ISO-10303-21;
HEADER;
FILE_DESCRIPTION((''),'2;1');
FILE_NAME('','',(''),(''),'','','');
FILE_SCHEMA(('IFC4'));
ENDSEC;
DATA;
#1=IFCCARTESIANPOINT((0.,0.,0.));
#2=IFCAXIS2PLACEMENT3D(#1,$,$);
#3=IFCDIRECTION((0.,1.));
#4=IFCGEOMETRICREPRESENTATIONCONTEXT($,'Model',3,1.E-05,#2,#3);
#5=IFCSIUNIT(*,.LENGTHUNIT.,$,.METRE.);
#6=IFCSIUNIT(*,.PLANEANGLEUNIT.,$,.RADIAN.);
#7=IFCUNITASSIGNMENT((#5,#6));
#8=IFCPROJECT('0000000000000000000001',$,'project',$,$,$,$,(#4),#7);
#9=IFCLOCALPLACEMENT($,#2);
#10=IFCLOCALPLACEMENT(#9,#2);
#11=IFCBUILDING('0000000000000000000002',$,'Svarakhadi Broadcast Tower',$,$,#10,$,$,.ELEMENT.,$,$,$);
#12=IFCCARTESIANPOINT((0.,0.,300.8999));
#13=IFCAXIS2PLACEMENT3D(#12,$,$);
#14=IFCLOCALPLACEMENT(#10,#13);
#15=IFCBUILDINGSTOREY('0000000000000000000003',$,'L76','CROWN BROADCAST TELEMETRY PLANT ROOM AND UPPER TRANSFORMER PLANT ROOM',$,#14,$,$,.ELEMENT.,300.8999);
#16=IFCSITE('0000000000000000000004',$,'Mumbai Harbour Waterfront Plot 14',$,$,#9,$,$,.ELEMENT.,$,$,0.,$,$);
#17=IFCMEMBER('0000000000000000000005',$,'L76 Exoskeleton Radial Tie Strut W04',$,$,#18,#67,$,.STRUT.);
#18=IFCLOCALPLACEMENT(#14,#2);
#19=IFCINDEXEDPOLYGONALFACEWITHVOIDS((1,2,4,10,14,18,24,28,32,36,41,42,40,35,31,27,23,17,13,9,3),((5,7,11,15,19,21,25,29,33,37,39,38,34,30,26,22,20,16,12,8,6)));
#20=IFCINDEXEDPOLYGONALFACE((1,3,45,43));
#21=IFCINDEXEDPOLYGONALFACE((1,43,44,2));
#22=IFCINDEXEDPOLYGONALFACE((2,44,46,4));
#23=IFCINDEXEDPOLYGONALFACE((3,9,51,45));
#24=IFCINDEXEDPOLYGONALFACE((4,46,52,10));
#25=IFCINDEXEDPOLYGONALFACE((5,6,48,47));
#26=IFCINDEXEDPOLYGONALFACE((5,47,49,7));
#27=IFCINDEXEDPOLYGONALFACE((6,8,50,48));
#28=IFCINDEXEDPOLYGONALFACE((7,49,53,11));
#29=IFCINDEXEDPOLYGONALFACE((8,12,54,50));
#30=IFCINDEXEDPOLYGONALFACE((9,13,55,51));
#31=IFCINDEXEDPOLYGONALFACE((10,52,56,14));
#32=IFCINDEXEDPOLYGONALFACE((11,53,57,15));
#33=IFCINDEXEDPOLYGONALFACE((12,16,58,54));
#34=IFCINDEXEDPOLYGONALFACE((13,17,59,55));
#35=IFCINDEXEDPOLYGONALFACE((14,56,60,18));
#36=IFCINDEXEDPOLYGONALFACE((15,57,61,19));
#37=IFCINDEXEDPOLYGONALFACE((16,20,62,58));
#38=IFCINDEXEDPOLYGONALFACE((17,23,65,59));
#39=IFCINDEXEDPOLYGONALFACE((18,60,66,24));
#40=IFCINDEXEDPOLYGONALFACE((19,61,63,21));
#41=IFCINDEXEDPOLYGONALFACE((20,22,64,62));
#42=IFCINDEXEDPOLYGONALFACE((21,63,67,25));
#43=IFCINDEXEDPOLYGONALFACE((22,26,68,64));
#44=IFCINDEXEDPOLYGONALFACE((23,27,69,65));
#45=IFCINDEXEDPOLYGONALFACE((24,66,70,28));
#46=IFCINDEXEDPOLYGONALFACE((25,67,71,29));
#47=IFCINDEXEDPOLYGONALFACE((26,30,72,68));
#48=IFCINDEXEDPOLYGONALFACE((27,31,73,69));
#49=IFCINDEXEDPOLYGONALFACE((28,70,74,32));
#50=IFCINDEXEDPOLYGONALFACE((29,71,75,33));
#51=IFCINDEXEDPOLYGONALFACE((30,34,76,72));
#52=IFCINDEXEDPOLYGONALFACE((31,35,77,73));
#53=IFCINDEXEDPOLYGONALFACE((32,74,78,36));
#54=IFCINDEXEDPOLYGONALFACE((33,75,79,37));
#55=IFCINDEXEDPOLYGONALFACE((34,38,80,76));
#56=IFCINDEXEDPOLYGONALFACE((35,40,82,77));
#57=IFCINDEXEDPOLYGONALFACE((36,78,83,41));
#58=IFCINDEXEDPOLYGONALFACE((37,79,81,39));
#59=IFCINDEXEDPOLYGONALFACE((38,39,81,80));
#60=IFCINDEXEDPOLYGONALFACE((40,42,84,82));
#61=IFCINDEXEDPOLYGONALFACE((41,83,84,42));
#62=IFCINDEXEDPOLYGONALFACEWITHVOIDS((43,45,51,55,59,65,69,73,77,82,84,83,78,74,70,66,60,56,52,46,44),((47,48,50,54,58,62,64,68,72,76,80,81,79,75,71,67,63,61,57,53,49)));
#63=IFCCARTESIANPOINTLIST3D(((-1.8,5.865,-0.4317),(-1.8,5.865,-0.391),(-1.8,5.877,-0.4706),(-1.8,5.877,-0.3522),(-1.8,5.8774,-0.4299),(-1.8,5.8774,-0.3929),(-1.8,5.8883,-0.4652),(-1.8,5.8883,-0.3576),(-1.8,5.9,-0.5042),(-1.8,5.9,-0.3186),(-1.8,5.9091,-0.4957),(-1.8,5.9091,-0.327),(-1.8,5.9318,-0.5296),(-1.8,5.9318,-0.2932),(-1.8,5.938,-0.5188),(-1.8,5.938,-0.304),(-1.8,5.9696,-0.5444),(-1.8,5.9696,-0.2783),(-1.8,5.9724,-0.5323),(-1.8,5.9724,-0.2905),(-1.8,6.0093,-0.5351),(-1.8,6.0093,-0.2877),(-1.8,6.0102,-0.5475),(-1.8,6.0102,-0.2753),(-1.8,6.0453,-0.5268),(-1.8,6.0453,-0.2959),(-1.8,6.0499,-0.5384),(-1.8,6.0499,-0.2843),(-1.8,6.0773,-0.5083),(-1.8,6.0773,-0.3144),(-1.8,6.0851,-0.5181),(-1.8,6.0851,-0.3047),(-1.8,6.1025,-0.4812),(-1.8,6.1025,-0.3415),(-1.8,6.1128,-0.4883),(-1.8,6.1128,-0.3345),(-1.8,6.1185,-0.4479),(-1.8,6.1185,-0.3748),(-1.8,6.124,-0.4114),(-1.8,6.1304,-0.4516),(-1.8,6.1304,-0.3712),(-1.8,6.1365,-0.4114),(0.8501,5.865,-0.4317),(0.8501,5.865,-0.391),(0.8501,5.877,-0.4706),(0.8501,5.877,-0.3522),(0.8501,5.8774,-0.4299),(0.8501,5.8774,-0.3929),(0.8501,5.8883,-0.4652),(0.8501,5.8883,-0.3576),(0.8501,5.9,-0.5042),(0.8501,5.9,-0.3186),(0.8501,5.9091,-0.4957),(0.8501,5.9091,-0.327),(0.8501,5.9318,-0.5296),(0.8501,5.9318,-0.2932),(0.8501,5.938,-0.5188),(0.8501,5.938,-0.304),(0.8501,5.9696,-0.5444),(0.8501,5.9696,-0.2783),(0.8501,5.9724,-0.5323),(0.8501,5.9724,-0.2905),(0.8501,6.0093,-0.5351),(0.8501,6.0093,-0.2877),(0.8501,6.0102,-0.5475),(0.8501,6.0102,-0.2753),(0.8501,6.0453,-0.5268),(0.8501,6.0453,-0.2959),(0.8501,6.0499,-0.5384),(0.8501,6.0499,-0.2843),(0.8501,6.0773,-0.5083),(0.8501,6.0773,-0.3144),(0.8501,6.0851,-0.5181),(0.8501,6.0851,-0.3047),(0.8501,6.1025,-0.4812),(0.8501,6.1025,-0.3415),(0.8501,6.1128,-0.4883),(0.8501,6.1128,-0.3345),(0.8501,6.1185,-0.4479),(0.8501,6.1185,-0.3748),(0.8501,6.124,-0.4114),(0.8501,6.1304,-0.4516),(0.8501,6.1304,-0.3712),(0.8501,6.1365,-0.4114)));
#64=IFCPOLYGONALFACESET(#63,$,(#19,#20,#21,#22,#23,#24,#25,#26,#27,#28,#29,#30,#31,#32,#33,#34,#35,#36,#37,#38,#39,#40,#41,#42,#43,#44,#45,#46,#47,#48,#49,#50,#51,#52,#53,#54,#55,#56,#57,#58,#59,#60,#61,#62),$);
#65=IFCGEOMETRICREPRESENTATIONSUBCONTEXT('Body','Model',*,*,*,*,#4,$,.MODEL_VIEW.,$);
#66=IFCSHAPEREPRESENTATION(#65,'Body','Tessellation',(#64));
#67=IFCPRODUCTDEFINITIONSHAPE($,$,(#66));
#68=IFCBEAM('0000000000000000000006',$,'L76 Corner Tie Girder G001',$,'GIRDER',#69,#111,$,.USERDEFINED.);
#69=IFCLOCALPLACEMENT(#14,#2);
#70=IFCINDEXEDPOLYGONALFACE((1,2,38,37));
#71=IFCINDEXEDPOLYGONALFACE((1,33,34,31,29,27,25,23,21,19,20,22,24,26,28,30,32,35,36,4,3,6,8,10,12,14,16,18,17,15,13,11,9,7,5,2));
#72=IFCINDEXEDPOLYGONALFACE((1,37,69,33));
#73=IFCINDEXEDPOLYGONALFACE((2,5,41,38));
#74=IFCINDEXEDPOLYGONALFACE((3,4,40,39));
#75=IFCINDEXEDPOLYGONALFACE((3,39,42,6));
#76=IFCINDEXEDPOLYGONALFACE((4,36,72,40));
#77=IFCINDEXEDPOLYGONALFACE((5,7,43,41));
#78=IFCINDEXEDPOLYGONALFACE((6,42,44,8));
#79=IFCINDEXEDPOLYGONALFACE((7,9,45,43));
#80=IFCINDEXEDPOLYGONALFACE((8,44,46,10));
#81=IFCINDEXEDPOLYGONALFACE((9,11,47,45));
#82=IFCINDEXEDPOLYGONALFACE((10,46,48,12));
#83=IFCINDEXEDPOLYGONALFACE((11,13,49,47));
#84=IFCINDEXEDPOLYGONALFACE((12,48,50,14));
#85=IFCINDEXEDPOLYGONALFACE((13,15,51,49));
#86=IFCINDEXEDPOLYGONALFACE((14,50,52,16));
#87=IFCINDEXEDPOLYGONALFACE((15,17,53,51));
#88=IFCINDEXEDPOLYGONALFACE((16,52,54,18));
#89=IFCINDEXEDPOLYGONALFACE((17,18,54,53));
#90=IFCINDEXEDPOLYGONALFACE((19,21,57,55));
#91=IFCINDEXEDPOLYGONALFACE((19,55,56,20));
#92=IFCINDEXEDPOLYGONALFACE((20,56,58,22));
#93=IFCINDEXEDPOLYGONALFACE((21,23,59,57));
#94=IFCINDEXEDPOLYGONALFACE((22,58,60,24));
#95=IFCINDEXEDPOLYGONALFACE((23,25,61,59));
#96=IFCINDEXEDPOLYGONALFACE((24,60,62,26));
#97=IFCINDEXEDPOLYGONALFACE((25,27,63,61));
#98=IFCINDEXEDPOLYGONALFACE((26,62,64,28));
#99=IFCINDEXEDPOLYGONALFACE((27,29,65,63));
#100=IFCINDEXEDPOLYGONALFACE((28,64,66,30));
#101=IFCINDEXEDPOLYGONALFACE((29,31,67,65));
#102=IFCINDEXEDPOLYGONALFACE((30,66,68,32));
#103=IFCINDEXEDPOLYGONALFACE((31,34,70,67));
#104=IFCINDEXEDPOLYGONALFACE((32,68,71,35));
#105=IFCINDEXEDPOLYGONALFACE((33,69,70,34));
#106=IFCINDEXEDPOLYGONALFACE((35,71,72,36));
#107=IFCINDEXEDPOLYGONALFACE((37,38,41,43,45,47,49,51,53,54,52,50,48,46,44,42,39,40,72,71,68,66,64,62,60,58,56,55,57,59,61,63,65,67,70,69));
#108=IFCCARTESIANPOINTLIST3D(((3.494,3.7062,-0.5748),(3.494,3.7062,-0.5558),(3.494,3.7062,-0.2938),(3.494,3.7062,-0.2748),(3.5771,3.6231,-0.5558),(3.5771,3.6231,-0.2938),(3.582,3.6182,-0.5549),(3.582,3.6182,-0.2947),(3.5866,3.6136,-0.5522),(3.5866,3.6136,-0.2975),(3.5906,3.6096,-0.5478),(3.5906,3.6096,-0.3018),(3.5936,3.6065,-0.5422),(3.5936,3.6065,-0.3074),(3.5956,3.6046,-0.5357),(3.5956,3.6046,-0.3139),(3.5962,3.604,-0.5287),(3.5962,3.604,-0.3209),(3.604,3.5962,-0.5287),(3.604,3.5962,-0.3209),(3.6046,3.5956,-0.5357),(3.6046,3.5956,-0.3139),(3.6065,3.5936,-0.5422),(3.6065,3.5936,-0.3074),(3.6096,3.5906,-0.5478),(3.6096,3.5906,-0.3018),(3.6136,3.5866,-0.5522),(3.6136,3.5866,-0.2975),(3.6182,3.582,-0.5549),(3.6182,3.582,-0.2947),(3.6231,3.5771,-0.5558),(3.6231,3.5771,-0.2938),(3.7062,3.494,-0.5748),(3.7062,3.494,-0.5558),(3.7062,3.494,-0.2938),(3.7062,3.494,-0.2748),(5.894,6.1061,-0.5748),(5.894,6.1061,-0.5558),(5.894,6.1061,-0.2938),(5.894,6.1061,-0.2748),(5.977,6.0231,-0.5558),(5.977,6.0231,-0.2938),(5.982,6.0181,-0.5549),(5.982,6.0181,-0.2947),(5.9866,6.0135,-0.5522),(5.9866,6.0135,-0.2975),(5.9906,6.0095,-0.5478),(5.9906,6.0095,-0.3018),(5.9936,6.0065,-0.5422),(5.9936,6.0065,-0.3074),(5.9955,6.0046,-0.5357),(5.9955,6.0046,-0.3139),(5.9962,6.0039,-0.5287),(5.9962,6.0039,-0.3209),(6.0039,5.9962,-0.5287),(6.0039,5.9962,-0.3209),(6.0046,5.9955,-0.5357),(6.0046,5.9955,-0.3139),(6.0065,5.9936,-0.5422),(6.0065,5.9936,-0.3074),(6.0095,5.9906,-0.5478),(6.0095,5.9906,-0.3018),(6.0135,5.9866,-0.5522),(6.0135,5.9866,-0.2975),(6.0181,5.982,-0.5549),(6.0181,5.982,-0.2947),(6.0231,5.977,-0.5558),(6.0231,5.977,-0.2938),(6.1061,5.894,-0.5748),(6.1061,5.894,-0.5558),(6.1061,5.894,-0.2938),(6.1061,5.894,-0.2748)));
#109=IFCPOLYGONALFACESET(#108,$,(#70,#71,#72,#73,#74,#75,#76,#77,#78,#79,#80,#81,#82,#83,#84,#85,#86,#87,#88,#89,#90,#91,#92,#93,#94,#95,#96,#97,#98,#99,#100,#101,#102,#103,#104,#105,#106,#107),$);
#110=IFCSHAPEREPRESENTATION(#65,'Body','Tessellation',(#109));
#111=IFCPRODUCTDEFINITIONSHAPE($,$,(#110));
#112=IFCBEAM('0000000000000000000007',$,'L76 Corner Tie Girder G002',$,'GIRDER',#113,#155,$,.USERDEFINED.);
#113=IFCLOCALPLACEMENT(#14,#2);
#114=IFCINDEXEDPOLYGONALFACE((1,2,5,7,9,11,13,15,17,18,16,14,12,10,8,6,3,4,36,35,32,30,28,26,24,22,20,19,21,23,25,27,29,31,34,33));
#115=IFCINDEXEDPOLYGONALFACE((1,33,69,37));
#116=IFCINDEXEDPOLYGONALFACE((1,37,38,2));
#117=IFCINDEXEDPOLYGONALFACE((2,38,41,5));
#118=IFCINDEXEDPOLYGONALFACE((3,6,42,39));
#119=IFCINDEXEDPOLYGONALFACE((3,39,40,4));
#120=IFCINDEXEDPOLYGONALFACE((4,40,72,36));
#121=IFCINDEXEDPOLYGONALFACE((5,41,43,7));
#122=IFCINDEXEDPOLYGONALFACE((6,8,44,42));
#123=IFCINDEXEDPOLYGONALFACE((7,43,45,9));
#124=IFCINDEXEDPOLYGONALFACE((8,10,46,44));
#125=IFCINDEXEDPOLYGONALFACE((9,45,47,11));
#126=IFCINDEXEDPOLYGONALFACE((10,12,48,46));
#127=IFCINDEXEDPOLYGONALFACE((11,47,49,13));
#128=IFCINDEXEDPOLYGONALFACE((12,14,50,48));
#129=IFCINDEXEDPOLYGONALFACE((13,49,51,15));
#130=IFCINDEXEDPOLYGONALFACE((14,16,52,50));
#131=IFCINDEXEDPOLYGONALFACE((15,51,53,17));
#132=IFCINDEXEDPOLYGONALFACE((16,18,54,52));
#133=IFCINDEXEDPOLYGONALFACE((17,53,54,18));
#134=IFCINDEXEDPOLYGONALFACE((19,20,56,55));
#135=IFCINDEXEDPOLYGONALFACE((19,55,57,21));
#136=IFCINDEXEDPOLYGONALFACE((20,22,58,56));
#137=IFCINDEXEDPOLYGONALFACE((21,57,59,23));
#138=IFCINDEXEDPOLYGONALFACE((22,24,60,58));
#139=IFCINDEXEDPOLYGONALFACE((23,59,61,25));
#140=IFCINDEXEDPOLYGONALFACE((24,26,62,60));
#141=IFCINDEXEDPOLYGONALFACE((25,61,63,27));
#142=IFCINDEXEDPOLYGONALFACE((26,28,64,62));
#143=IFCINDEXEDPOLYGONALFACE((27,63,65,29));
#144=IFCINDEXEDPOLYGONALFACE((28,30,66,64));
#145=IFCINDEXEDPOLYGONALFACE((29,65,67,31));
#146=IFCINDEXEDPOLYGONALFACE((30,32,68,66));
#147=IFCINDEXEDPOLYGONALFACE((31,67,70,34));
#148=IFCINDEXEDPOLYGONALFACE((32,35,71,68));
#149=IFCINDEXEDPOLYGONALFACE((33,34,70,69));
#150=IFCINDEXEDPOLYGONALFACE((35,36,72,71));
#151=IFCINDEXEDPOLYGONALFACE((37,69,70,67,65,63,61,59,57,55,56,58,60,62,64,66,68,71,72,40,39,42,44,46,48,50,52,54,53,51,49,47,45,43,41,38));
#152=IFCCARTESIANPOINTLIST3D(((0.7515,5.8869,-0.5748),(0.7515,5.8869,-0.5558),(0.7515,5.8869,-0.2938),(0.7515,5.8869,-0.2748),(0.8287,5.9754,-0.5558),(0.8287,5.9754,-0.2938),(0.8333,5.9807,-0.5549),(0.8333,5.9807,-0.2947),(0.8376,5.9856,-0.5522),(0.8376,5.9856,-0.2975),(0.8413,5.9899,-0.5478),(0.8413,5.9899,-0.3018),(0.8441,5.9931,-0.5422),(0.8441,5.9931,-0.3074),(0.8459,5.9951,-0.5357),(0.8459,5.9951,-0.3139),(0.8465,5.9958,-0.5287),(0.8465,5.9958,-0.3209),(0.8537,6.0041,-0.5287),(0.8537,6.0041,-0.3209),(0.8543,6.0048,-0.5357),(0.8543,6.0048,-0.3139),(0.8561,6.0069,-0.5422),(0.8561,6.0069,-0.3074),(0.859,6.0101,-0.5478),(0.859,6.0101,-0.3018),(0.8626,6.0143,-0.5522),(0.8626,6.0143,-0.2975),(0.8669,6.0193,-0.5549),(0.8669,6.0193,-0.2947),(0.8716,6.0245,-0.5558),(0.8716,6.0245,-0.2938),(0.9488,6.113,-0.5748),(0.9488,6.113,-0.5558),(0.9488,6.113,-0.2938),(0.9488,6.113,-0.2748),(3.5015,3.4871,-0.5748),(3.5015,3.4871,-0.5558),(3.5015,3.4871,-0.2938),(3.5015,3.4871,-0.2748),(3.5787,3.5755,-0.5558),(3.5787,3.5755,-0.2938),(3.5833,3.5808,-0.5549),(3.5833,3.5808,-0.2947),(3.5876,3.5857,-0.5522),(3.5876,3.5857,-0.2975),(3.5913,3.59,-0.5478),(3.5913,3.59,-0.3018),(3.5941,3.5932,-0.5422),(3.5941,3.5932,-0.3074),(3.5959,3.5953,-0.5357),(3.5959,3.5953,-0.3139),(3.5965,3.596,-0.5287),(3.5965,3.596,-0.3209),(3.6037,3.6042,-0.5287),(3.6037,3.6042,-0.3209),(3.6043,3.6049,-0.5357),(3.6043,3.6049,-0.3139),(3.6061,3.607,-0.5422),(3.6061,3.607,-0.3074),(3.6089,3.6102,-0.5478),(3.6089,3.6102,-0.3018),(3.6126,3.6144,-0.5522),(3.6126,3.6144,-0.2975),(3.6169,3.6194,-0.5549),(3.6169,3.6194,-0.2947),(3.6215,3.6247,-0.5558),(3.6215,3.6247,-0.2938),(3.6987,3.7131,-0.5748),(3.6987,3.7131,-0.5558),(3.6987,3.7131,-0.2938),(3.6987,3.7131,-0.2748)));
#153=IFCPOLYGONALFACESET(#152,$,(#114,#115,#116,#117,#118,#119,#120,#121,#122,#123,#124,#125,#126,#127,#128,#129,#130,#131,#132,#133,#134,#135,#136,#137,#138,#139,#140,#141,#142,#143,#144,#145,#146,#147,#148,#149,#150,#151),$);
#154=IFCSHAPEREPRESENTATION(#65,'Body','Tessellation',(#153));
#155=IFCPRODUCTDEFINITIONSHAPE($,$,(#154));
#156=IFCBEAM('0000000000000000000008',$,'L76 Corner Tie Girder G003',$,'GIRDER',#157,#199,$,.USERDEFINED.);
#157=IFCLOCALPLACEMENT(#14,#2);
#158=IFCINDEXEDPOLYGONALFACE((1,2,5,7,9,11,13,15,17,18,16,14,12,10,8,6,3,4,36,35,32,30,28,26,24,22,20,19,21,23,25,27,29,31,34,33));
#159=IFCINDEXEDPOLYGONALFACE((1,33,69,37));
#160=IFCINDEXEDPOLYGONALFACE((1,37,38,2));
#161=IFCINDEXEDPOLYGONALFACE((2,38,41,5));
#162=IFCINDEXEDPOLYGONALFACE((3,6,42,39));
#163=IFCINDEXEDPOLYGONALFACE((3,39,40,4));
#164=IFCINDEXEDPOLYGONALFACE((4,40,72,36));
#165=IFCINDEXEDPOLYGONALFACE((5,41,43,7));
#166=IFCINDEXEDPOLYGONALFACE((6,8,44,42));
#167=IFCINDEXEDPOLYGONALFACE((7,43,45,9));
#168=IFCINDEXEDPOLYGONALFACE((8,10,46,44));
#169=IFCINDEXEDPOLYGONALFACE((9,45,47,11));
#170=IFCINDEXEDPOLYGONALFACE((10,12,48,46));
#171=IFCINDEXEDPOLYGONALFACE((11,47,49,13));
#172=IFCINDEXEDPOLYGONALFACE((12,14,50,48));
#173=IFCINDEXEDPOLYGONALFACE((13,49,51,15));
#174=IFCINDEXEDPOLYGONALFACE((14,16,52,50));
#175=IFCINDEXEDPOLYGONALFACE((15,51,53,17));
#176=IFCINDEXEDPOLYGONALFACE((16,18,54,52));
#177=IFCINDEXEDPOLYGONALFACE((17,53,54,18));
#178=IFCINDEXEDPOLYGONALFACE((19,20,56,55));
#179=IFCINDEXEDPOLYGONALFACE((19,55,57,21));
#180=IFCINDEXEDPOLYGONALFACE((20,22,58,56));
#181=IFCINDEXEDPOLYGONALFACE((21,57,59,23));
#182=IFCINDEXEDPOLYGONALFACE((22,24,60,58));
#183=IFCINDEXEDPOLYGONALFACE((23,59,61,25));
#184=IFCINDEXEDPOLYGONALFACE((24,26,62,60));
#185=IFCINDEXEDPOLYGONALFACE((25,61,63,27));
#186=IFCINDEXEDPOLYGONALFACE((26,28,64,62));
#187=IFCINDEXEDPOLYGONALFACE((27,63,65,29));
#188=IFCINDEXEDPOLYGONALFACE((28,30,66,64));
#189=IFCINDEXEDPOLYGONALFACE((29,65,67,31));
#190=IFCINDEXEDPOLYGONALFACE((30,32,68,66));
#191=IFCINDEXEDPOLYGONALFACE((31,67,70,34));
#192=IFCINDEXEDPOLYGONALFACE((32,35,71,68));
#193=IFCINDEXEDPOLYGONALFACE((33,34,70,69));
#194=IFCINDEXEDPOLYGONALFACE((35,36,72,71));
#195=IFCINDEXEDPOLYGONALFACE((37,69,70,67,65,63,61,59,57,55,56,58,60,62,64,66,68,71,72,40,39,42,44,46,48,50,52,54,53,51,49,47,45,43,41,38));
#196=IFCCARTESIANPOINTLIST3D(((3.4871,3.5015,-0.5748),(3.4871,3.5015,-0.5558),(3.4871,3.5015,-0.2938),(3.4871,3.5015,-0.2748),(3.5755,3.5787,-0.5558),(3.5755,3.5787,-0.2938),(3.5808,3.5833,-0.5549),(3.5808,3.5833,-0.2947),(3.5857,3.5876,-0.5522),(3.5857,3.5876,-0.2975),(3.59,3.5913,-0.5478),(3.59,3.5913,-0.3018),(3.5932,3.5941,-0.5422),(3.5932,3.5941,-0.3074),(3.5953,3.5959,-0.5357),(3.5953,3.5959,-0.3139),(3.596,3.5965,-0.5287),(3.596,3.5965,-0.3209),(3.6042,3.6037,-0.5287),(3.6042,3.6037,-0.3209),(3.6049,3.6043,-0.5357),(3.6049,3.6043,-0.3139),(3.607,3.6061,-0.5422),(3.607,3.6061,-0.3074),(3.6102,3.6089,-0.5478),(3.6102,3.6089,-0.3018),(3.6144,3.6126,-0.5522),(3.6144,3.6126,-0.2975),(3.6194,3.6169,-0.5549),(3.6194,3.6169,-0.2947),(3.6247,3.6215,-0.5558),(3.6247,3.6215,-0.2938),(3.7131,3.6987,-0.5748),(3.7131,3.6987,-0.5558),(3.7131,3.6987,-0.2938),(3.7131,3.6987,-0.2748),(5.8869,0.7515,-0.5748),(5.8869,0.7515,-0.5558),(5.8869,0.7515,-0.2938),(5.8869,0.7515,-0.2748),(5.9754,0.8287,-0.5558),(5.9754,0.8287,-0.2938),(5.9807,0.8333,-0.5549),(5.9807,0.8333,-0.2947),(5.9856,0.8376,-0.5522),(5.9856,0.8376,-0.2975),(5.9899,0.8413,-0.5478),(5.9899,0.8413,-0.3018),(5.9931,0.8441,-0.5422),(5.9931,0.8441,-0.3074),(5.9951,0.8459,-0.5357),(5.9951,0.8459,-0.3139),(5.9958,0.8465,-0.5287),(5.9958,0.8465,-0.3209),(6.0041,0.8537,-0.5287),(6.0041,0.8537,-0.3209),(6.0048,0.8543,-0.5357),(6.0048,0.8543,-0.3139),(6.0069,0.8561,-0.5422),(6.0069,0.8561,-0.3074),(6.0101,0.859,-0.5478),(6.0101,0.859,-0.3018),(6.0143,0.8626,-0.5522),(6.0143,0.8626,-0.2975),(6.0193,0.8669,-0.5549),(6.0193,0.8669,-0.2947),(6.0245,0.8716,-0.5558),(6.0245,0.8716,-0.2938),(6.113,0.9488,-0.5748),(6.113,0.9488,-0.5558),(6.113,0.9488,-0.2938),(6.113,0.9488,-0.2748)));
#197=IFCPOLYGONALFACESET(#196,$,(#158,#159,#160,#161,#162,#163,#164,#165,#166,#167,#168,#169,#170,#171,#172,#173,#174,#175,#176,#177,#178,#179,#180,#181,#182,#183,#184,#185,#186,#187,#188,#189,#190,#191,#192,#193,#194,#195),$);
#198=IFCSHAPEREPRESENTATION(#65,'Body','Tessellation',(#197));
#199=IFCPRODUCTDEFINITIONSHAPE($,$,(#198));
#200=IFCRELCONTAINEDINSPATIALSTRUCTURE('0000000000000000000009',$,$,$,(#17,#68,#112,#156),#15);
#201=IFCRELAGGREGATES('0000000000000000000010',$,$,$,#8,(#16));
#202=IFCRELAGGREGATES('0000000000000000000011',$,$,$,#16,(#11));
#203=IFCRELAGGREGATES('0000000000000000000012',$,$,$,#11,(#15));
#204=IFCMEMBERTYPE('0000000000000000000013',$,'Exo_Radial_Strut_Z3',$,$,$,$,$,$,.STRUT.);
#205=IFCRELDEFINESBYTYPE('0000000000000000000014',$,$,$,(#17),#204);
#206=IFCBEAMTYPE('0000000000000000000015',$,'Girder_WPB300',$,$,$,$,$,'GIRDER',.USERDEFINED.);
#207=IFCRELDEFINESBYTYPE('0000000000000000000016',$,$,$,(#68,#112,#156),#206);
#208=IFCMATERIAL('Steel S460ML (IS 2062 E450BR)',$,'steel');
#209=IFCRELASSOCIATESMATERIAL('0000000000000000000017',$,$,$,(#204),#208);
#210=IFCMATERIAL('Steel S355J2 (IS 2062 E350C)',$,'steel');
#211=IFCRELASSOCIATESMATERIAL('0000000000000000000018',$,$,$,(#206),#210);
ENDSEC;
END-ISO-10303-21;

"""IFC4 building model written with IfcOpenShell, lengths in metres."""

from ifc_helpers import new_model, si_unit, direction, frame, origin, origin_2d, place, context, subcontext, project, spatial, hollow_circle, i_section, extrude, material, material_profile, profile_set, type_object, element, save


model = new_model("IFC4")

# Units and contexts
model_context = context("Model", 3, precision=1e-05, world=origin(), true_north=direction((0.0, 1.0)))
body_context = subcontext(model_context, "Body", "Model", "MODEL_VIEW")
ifc_project = project(units=[si_unit("LENGTHUNIT", "METRE"), si_unit("PLANEANGLEUNIT", "RADIAN")], contexts=[model_context])

# Site, building, storey
site_placement = place(None, origin())
site = spatial("IfcSite", under=ifc_project, at=site_placement, Name="Mumbai Harbour Waterfront Plot 14", CompositionType="ELEMENT", RefElevation=0.0)
building_placement = place(site_placement, origin())
building = spatial("IfcBuilding", under=site, at=building_placement, Name="Svarakhadi Broadcast Tower", CompositionType="ELEMENT")
storey_placement = place(building_placement, frame((0.0, 0.0, 300.8999)))
storey = spatial("IfcBuildingStorey", under=building, at=storey_placement, Name="L76", Description="CROWN BROADCAST TELEMETRY PLANT ROOM AND UPPER TRANSFORMER PLANT ROOM", CompositionType="ELEMENT", Elevation=300.8999)

# Shared definitions
ifc_material_1 = material(Name="Steel S460ML (IS 2062 E450BR)", Category="steel")

# Shared definitions
ifc_material_2 = material(Name="Steel S355J2 (IS 2062 E350C)", Category="steel")

# Member
ifc_material_profile_1 = material_profile(ifc_material_1, hollow_circle(Radius=0.1365, WallThickness=0.0125, at=origin_2d()), Name="CHS 273x12.5")
ifc_profile_set_1 = profile_set([ifc_material_profile_1], Name="Steel S460ML (IS 2062 E450BR)")
member_type_1 = type_object("IfcMemberType", Name="Exo_Radial_Strut_Z3", PredefinedType="STRUT", material=ifc_profile_set_1)
for number, where, z_axis, x_axis, name in (
    (1, (-1.8, 6.0, -0.4114), (1.0, 0.0, 0.0), (0.0, 1.0, 0.0), "L76 Exoskeleton Radial Tie Strut W04"),
):
    element("IfcMember", number, at=place(storey_placement, frame(where, z_axis=z_axis, x_axis=x_axis)), inside=storey, type_object=member_type_1, Name=name, PredefinedType="STRUT", context=body_context, shape_type="SweptSolid", body=[
        extrude(hollow_circle(Radius=0.1365, WallThickness=0.0125, at=origin_2d()), origin(), (0.0, 0.0, 1.0), 2.6501),
    ])

# Beams
ifc_material_profile_2 = material_profile(ifc_material_2, i_section(OverallWidth=0.3, OverallDepth=0.3, WebThickness=0.011, FlangeThickness=0.019, FilletRadius=0.0271, at=origin_2d()), Name="WPB 300x300x117")
ifc_profile_set_2 = profile_set([ifc_material_profile_2], Name="Steel S355J2 (IS 2062 E350C)")
beam_type_1 = type_object("IfcBeamType", Name="Girder_WPB300", ElementType="GIRDER", PredefinedType="USERDEFINED", material=ifc_profile_set_2)
beam_1_placement = place(storey_placement, frame((3.6001, 3.6001, -0.4248), z_axis=(0.707107, 0.707107, 0.0), x_axis=(-0.707107, 0.707107, 0.0)))
element("IfcBeam", 2, at=beam_1_placement, inside=storey, type_object=beam_type_1, Name="L76 Corner Tie Girder G001", ObjectType="GIRDER", PredefinedType="USERDEFINED", context=body_context, shape_type="SweptSolid", body=[
    extrude(i_section(OverallWidth=0.3, OverallDepth=0.3, WebThickness=0.011, FlangeThickness=0.019, FilletRadius=0.0271, at=origin_2d()), origin(), (0.0, 0.0, 1.0), 3.394),
])
for number, where, z_axis, x_axis, name in (
    (3, (3.6001, 3.6001, -0.4248), (-0.753438, 0.657519, 0.0), (-0.657519, -0.753438, 0.0), "L76 Corner Tie Girder G002"),
    (4, (3.6001, 3.6001, -0.4248), (0.657519, -0.753438, 0.0), (0.753438, 0.657519, 0.0), "L76 Corner Tie Girder G003"),
):
    element("IfcBeam", number, at=place(storey_placement, frame(where, z_axis=z_axis, x_axis=x_axis)), inside=storey, type_object=beam_type_1, Name=name, ObjectType="GIRDER", PredefinedType="USERDEFINED", context=body_context, shape_type="SweptSolid", body=[
        extrude(i_section(OverallWidth=0.3, OverallDepth=0.3, WebThickness=0.011, FlangeThickness=0.019, FilletRadius=0.0271, at=origin_2d()), origin(), (0.0, 0.0, 1.0), 3.6499),
    ])

save(model, "model.ifc")
